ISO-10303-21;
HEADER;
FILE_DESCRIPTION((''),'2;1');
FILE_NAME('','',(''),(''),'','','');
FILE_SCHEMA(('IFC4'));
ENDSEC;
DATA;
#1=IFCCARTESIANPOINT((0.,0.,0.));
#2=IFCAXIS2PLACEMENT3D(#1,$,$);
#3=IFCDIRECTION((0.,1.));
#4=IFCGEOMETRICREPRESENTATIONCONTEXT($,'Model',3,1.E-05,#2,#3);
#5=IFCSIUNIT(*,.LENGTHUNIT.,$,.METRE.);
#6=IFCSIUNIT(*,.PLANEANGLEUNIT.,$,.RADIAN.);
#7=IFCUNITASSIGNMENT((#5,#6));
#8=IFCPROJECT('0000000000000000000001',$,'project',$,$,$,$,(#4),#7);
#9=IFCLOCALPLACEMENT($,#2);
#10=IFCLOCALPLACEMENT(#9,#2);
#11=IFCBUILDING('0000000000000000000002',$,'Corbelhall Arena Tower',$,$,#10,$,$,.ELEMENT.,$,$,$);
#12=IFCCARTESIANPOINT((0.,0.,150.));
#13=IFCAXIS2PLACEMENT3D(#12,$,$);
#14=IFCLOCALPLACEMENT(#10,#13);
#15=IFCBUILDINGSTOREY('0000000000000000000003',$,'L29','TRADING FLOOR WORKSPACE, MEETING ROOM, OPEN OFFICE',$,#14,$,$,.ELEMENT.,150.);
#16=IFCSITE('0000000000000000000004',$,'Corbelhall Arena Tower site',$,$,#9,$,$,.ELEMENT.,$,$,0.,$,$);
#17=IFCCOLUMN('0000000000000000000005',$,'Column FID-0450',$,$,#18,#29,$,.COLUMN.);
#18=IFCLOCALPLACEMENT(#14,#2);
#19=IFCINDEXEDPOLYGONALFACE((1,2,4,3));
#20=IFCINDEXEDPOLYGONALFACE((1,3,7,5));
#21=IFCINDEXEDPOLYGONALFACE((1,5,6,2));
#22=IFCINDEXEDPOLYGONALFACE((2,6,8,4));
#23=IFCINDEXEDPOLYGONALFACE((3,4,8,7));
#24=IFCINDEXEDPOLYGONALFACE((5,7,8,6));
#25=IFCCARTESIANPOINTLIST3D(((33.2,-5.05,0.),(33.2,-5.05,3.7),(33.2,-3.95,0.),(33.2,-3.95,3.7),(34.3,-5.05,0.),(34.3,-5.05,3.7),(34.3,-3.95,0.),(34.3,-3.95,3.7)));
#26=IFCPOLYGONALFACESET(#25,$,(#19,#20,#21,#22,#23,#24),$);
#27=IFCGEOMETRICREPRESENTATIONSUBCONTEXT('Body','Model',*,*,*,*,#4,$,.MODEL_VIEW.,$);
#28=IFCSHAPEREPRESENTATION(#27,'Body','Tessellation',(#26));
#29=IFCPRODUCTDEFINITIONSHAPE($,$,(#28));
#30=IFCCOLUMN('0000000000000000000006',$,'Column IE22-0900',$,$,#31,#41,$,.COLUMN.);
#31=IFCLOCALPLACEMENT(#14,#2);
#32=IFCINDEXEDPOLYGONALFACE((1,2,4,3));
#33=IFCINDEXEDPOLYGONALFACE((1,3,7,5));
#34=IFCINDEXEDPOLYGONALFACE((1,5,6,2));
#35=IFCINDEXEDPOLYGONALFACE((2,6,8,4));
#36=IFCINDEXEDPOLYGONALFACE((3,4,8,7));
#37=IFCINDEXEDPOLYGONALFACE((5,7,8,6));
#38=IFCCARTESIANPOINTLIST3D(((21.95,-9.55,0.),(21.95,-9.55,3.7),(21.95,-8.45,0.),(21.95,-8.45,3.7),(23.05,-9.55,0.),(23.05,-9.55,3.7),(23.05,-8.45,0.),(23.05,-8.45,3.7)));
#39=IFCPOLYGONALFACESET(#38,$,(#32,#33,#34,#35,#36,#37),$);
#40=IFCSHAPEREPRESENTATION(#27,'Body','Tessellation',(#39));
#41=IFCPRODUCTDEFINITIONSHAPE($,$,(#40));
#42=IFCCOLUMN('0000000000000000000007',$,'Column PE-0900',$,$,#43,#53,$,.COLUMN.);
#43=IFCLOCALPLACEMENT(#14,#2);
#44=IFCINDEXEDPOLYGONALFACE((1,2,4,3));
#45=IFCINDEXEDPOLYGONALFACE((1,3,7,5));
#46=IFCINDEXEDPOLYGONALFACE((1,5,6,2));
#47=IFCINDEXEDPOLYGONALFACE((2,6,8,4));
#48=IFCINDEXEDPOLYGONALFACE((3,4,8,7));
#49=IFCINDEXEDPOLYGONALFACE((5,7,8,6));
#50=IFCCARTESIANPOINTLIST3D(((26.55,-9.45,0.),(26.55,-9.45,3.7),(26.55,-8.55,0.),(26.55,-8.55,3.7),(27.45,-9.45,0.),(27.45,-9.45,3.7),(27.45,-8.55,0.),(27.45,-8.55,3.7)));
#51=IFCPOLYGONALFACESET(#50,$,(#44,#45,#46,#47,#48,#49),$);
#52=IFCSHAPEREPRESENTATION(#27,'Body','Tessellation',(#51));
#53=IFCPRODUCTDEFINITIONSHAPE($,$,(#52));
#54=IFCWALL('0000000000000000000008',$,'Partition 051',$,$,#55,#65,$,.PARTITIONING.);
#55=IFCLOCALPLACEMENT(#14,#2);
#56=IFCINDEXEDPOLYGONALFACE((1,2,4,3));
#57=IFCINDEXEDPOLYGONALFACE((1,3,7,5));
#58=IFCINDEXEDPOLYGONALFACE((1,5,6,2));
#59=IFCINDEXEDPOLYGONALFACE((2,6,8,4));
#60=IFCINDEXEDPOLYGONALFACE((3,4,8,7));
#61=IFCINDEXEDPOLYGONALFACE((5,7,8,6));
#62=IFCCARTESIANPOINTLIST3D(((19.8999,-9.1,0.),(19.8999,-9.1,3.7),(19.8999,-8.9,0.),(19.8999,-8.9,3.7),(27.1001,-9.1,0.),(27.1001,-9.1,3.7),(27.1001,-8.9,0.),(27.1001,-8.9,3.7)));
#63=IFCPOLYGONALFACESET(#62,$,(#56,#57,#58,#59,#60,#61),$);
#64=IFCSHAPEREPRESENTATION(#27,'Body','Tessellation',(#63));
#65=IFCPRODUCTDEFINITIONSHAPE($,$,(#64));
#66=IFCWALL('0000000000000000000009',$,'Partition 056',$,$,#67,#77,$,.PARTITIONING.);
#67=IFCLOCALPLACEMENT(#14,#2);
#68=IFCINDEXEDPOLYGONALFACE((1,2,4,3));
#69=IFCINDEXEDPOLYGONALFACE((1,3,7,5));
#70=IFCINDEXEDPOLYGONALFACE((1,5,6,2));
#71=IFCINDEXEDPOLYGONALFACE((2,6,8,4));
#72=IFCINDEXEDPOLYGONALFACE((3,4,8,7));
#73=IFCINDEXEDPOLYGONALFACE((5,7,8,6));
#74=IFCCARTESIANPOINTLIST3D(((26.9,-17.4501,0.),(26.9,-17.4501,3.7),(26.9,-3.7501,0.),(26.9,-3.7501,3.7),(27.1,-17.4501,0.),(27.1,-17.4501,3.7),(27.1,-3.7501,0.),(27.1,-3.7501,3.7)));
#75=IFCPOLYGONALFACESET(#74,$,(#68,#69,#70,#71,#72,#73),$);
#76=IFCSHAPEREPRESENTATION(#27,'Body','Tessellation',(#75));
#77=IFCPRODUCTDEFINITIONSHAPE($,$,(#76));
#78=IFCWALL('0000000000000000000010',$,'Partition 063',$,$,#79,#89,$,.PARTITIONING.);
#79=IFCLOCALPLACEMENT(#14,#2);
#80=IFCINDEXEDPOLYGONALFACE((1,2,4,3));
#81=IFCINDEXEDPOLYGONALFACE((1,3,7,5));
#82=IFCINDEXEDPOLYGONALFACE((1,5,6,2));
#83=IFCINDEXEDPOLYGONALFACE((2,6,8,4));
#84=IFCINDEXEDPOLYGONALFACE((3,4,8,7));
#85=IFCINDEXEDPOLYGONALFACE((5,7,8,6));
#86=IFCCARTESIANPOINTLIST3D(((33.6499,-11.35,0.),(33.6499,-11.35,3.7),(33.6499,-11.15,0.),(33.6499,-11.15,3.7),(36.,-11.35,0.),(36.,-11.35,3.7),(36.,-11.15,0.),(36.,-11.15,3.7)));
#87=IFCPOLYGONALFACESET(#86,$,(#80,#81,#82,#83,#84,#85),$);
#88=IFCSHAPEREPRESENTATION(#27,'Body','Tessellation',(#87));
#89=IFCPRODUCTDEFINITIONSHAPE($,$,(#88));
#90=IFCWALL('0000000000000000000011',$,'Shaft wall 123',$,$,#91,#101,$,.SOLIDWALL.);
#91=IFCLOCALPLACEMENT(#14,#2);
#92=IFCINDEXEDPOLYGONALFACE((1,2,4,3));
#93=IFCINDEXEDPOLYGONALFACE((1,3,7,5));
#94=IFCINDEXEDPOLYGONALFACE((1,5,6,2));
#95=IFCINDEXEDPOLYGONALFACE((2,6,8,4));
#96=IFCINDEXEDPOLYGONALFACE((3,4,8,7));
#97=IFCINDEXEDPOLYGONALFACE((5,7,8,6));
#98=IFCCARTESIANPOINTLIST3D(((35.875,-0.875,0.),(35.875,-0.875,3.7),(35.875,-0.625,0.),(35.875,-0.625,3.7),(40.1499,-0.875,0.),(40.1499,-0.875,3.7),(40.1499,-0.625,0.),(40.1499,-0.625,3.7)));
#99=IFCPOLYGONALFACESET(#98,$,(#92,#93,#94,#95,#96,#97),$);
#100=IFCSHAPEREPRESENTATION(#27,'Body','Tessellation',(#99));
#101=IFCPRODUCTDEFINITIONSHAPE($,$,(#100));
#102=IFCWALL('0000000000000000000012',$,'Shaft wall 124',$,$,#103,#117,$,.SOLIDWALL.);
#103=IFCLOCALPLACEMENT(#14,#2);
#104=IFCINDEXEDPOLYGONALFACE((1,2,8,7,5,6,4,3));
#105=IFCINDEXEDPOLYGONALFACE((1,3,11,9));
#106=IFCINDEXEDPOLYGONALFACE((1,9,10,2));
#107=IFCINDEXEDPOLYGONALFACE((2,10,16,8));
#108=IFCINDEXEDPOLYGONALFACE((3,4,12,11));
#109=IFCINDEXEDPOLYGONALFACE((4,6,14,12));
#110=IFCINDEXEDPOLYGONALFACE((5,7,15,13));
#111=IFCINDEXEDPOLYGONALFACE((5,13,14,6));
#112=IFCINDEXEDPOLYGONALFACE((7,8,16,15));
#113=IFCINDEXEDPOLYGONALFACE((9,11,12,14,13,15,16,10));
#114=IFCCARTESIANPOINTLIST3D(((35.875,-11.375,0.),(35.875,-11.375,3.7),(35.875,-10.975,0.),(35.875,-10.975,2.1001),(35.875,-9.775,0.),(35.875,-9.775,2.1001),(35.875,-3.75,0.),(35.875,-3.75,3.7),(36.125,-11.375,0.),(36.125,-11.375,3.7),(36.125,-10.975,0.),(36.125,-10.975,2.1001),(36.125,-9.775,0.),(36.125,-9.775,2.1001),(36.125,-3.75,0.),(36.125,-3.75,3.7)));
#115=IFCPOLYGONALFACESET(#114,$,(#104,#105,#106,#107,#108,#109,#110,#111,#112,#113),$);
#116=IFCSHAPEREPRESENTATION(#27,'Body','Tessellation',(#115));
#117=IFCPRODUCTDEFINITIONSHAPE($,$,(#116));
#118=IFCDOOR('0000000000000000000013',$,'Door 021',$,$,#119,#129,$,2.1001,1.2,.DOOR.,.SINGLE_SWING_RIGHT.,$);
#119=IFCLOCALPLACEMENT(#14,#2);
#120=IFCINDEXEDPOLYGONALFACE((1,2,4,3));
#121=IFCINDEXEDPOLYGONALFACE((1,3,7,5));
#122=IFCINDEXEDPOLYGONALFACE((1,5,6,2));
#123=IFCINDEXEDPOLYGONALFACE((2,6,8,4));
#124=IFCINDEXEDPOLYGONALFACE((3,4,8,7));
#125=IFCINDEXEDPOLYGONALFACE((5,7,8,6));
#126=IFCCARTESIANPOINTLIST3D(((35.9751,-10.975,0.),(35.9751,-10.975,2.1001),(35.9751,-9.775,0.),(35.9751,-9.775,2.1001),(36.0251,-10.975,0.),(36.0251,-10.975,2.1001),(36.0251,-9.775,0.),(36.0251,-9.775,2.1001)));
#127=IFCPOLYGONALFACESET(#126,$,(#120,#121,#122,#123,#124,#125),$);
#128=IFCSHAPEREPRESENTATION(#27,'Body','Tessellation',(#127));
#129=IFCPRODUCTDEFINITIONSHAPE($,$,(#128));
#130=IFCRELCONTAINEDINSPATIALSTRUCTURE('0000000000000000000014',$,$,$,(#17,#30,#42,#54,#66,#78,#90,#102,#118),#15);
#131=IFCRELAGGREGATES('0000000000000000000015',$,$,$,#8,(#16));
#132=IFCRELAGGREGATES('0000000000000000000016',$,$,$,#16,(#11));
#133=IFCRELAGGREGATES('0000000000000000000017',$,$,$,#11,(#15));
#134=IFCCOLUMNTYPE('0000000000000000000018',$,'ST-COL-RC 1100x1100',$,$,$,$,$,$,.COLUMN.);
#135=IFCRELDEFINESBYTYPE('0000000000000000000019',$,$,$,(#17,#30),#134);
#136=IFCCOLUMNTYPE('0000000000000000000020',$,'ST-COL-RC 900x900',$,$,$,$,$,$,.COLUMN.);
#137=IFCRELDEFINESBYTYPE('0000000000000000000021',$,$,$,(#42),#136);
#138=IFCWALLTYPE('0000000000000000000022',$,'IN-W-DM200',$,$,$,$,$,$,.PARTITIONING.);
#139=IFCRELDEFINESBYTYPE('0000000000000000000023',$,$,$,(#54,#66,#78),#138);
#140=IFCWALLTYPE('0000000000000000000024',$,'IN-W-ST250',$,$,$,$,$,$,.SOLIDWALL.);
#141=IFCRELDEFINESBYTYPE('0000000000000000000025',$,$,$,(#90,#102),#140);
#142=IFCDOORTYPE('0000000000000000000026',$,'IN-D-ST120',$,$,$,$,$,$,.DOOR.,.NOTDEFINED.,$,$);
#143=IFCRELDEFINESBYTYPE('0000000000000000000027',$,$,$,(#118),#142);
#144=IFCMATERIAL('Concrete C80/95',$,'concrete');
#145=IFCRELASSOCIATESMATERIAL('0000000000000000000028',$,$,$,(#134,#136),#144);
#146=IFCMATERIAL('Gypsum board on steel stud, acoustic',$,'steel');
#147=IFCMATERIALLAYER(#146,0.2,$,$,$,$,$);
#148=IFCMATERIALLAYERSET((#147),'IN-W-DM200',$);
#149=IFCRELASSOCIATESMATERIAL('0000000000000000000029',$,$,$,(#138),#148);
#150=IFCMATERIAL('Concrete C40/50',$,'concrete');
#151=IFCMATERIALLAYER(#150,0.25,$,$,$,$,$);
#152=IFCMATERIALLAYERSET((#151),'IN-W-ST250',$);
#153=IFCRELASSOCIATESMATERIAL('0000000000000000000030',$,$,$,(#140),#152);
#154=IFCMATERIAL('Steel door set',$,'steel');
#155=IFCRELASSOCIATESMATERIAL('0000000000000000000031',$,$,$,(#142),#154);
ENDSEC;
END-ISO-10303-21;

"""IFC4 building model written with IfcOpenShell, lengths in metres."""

from ifc_helpers import new_model, si_unit, direction, frame, frame_2d, origin, origin_2d, place, context, subcontext, project, spatial, rectangle, extrude, material, layer, layer_set, material_profile, profile_set, type_object, element, fill, save


model = new_model("IFC4")

# Units and contexts
model_context = context("Model", 3, precision=1e-05, world=origin(), true_north=direction((0.0, 1.0)))
body_context = subcontext(model_context, "Body", "Model", "MODEL_VIEW")
ifc_project = project(units=[si_unit("LENGTHUNIT", "METRE"), si_unit("PLANEANGLEUNIT", "RADIAN")], contexts=[model_context])

# Site, building, storey
site_placement = place(None, origin())
site = spatial("IfcSite", under=ifc_project, at=site_placement, Name="Corbelhall Arena Tower site", CompositionType="ELEMENT", RefElevation=0.0)
building_placement = place(site_placement, origin())
building = spatial("IfcBuilding", under=site, at=building_placement, Name="Corbelhall Arena Tower", CompositionType="ELEMENT")
storey_placement = place(building_placement, frame((0.0, 0.0, 150.0)))
storey = spatial("IfcBuildingStorey", under=building, at=storey_placement, Name="L29", Description="TRADING FLOOR WORKSPACE, MEETING ROOM, OPEN OFFICE", CompositionType="ELEMENT", Elevation=150.0)

# Columns
ifc_material_1 = material(Name="Concrete C80/95", Category="concrete")
ifc_material_profile_1 = material_profile(ifc_material_1, rectangle(XDim=1.1001, YDim=1.1001, at=origin_2d()))
ifc_profile_set_1 = profile_set([ifc_material_profile_1], Name="Concrete C80/95")
column_type_1 = type_object("IfcColumnType", Name="ST-COL-RC 1100x1100", PredefinedType="COLUMN", material=ifc_profile_set_1)
for number, where, z_axis, x_axis, name in (
    (1, (33.75, -4.5, 0.0), (0.0, 0.0, 1.0), (1.0, 0.0, 0.0), "Column FID-0450"),
    (2, (22.5, -9.0, 0.0), (0.0, 0.0, 1.0), (1.0, 0.0, 0.0), "Column IE22-0900"),
):
    element("IfcColumn", number, at=place(storey_placement, frame(where, z_axis=z_axis, x_axis=x_axis)), inside=storey, type_object=column_type_1, Name=name, PredefinedType="COLUMN", context=body_context, shape_type="SweptSolid", body=[
        extrude(rectangle(XDim=1.1001, YDim=1.1001, at=origin_2d()), origin(), (0.0, 0.0, 1.0), 3.7),
    ])
ifc_material_profile_2 = material_profile(ifc_material_1, rectangle(XDim=0.8999, YDim=0.8999, at=origin_2d()))
ifc_profile_set_2 = profile_set([ifc_material_profile_2], Name="Concrete C80/95")
column_type_2 = type_object("IfcColumnType", Name="ST-COL-RC 900x900", PredefinedType="COLUMN", material=ifc_profile_set_2)
column_placement = place(storey_placement, frame((27.0, -9.0, 0.0), z_axis=(0.0, 0.0, 1.0), x_axis=(1.0, 0.0, 0.0)))
element("IfcColumn", 3, at=column_placement, inside=storey, type_object=column_type_2, Name="Column PE-0900", PredefinedType="COLUMN", context=body_context, shape_type="SweptSolid", body=[
    extrude(rectangle(XDim=0.8999, YDim=0.8999, at=origin_2d()), origin(), (0.0, 0.0, 1.0), 3.7),
])

# Shared definitions
ifc_material_2 = material(Name="Gypsum board on steel stud, acoustic", Category="steel")
ifc_layer_1 = layer(ifc_material_2, 0.2)
ifc_layer_set_1 = layer_set([ifc_layer_1], Name="IN-W-DM200")
wall_type_1 = type_object("IfcWallType", Name="IN-W-DM200", PredefinedType="PARTITIONING", material=ifc_layer_set_1)
ifc_material_3 = material(Name="Steel door set", Category="steel")

# Wall
wall_1_placement = place(storey_placement, frame((19.8999, -9.0, 0.0), z_axis=(0.0, 0.0, 1.0), x_axis=(1.0, 0.0, 0.0)))
element("IfcWall", 4, at=wall_1_placement, inside=storey, type_object=wall_type_1, Name="Partition 051", PredefinedType="PARTITIONING", context=body_context, shape_type="SweptSolid", body=[
    extrude(rectangle(XDim=7.2002, YDim=0.2, at=frame_2d((3.6001, 0.0))), origin(), (0.0, 0.0, 1.0), 3.7),
])

# Wall
wall_2_placement = place(storey_placement, frame((27.0, -3.75, 0.0), z_axis=(0.0, 0.0, 1.0), x_axis=(0.0, -1.0, 0.0)))
element("IfcWall", 5, at=wall_2_placement, inside=storey, type_object=wall_type_1, Name="Partition 056", PredefinedType="PARTITIONING", context=body_context, shape_type="SweptSolid", body=[
    extrude(rectangle(XDim=13.7, YDim=0.2, at=frame_2d((6.8501, 0.0))), origin(), (0.0, 0.0, 1.0), 3.7),
])

# Walls
wall_3_placement = place(storey_placement, frame((36.0, -11.25, 0.0), z_axis=(0.0, 0.0, 1.0), x_axis=(-1.0, 0.0, 0.0)))
element("IfcWall", 6, at=wall_3_placement, inside=storey, type_object=wall_type_1, Name="Partition 063", PredefinedType="PARTITIONING", context=body_context, shape_type="SweptSolid", body=[
    extrude(rectangle(XDim=2.3501, YDim=0.2, at=frame_2d((1.175, 0.0))), origin(), (0.0, 0.0, 1.0), 3.7),
])
ifc_material_4 = material(Name="Concrete C40/50", Category="concrete")
ifc_layer_2 = layer(ifc_material_4, 0.25)
ifc_layer_set_2 = layer_set([ifc_layer_2], Name="IN-W-ST250")
wall_type_2 = type_object("IfcWallType", Name="IN-W-ST250", PredefinedType="SOLIDWALL", material=ifc_layer_set_2)
wall_4_placement = place(storey_placement, frame((35.875, -0.75, 0.0), z_axis=(0.0, 0.0, 1.0), x_axis=(1.0, 0.0, 0.0)))
element("IfcWall", 7, at=wall_4_placement, inside=storey, type_object=wall_type_2, Name="Shaft wall 123", PredefinedType="SOLIDWALL", context=body_context, shape_type="SweptSolid", body=[
    extrude(rectangle(XDim=4.2749, YDim=0.25, at=frame_2d((2.1375, 0.0))), origin(), (0.0, 0.0, 1.0), 3.7),
])

# Wall, opening, door
wall_5_placement = place(storey_placement, frame((36.0, -11.375, 0.0), z_axis=(0.0, 0.0, 1.0), x_axis=(0.0, 1.0, 0.0)))
wall_5 = element("IfcWall", 8, at=wall_5_placement, inside=storey, type_object=wall_type_2, Name="Shaft wall 124", PredefinedType="SOLIDWALL", context=body_context, shape_type="SweptSolid", body=[
    extrude(rectangle(XDim=7.625, YDim=0.25, at=frame_2d((3.8125, 0.0))), origin(), (0.0, 0.0, 1.0), 3.7),
])
opening_1_placement = place(wall_5_placement, frame((0.3999, 0.0, 0.0)))
opening_1 = element("IfcOpeningElement", 9, at=opening_1_placement, cuts=wall_5, PredefinedType="OPENING", context=body_context, shape_type="SweptSolid", body=[
    extrude(rectangle(XDim=1.2, YDim=2.1001, at=frame_2d((0.6001, 1.05))), frame((0.0, 0.125, 0.0), z_axis=(0.0, -1.0, 0.0), x_axis=(1.0, 0.0, 0.0)), (0.0, 0.0, 1.0), 0.25),
])
door_type_1 = type_object("IfcDoorType", Name="IN-D-ST120", OperationType="NOTDEFINED", PredefinedType="DOOR", material=ifc_material_3)
door_1_placement = place(opening_1_placement, origin())
door_1 = element("IfcDoor", 10, at=door_1_placement, inside=storey, type_object=door_type_1, Name="Door 021", OperationType="SINGLE_SWING_RIGHT", OverallHeight=2.1001, OverallWidth=1.2, PredefinedType="DOOR", context=body_context, shape_type="SweptSolid", body=[
    extrude(rectangle(XDim=1.2, YDim=2.1001, at=frame_2d((0.6001, 1.05))), frame((0.0, 0.0249, 0.0), z_axis=(0.0, -1.0, 0.0), x_axis=(1.0, 0.0, 0.0)), (0.0, 0.0, 1.0), 0.05),
])
fill(opening_1, door_1)

save(model, "model.ifc")
